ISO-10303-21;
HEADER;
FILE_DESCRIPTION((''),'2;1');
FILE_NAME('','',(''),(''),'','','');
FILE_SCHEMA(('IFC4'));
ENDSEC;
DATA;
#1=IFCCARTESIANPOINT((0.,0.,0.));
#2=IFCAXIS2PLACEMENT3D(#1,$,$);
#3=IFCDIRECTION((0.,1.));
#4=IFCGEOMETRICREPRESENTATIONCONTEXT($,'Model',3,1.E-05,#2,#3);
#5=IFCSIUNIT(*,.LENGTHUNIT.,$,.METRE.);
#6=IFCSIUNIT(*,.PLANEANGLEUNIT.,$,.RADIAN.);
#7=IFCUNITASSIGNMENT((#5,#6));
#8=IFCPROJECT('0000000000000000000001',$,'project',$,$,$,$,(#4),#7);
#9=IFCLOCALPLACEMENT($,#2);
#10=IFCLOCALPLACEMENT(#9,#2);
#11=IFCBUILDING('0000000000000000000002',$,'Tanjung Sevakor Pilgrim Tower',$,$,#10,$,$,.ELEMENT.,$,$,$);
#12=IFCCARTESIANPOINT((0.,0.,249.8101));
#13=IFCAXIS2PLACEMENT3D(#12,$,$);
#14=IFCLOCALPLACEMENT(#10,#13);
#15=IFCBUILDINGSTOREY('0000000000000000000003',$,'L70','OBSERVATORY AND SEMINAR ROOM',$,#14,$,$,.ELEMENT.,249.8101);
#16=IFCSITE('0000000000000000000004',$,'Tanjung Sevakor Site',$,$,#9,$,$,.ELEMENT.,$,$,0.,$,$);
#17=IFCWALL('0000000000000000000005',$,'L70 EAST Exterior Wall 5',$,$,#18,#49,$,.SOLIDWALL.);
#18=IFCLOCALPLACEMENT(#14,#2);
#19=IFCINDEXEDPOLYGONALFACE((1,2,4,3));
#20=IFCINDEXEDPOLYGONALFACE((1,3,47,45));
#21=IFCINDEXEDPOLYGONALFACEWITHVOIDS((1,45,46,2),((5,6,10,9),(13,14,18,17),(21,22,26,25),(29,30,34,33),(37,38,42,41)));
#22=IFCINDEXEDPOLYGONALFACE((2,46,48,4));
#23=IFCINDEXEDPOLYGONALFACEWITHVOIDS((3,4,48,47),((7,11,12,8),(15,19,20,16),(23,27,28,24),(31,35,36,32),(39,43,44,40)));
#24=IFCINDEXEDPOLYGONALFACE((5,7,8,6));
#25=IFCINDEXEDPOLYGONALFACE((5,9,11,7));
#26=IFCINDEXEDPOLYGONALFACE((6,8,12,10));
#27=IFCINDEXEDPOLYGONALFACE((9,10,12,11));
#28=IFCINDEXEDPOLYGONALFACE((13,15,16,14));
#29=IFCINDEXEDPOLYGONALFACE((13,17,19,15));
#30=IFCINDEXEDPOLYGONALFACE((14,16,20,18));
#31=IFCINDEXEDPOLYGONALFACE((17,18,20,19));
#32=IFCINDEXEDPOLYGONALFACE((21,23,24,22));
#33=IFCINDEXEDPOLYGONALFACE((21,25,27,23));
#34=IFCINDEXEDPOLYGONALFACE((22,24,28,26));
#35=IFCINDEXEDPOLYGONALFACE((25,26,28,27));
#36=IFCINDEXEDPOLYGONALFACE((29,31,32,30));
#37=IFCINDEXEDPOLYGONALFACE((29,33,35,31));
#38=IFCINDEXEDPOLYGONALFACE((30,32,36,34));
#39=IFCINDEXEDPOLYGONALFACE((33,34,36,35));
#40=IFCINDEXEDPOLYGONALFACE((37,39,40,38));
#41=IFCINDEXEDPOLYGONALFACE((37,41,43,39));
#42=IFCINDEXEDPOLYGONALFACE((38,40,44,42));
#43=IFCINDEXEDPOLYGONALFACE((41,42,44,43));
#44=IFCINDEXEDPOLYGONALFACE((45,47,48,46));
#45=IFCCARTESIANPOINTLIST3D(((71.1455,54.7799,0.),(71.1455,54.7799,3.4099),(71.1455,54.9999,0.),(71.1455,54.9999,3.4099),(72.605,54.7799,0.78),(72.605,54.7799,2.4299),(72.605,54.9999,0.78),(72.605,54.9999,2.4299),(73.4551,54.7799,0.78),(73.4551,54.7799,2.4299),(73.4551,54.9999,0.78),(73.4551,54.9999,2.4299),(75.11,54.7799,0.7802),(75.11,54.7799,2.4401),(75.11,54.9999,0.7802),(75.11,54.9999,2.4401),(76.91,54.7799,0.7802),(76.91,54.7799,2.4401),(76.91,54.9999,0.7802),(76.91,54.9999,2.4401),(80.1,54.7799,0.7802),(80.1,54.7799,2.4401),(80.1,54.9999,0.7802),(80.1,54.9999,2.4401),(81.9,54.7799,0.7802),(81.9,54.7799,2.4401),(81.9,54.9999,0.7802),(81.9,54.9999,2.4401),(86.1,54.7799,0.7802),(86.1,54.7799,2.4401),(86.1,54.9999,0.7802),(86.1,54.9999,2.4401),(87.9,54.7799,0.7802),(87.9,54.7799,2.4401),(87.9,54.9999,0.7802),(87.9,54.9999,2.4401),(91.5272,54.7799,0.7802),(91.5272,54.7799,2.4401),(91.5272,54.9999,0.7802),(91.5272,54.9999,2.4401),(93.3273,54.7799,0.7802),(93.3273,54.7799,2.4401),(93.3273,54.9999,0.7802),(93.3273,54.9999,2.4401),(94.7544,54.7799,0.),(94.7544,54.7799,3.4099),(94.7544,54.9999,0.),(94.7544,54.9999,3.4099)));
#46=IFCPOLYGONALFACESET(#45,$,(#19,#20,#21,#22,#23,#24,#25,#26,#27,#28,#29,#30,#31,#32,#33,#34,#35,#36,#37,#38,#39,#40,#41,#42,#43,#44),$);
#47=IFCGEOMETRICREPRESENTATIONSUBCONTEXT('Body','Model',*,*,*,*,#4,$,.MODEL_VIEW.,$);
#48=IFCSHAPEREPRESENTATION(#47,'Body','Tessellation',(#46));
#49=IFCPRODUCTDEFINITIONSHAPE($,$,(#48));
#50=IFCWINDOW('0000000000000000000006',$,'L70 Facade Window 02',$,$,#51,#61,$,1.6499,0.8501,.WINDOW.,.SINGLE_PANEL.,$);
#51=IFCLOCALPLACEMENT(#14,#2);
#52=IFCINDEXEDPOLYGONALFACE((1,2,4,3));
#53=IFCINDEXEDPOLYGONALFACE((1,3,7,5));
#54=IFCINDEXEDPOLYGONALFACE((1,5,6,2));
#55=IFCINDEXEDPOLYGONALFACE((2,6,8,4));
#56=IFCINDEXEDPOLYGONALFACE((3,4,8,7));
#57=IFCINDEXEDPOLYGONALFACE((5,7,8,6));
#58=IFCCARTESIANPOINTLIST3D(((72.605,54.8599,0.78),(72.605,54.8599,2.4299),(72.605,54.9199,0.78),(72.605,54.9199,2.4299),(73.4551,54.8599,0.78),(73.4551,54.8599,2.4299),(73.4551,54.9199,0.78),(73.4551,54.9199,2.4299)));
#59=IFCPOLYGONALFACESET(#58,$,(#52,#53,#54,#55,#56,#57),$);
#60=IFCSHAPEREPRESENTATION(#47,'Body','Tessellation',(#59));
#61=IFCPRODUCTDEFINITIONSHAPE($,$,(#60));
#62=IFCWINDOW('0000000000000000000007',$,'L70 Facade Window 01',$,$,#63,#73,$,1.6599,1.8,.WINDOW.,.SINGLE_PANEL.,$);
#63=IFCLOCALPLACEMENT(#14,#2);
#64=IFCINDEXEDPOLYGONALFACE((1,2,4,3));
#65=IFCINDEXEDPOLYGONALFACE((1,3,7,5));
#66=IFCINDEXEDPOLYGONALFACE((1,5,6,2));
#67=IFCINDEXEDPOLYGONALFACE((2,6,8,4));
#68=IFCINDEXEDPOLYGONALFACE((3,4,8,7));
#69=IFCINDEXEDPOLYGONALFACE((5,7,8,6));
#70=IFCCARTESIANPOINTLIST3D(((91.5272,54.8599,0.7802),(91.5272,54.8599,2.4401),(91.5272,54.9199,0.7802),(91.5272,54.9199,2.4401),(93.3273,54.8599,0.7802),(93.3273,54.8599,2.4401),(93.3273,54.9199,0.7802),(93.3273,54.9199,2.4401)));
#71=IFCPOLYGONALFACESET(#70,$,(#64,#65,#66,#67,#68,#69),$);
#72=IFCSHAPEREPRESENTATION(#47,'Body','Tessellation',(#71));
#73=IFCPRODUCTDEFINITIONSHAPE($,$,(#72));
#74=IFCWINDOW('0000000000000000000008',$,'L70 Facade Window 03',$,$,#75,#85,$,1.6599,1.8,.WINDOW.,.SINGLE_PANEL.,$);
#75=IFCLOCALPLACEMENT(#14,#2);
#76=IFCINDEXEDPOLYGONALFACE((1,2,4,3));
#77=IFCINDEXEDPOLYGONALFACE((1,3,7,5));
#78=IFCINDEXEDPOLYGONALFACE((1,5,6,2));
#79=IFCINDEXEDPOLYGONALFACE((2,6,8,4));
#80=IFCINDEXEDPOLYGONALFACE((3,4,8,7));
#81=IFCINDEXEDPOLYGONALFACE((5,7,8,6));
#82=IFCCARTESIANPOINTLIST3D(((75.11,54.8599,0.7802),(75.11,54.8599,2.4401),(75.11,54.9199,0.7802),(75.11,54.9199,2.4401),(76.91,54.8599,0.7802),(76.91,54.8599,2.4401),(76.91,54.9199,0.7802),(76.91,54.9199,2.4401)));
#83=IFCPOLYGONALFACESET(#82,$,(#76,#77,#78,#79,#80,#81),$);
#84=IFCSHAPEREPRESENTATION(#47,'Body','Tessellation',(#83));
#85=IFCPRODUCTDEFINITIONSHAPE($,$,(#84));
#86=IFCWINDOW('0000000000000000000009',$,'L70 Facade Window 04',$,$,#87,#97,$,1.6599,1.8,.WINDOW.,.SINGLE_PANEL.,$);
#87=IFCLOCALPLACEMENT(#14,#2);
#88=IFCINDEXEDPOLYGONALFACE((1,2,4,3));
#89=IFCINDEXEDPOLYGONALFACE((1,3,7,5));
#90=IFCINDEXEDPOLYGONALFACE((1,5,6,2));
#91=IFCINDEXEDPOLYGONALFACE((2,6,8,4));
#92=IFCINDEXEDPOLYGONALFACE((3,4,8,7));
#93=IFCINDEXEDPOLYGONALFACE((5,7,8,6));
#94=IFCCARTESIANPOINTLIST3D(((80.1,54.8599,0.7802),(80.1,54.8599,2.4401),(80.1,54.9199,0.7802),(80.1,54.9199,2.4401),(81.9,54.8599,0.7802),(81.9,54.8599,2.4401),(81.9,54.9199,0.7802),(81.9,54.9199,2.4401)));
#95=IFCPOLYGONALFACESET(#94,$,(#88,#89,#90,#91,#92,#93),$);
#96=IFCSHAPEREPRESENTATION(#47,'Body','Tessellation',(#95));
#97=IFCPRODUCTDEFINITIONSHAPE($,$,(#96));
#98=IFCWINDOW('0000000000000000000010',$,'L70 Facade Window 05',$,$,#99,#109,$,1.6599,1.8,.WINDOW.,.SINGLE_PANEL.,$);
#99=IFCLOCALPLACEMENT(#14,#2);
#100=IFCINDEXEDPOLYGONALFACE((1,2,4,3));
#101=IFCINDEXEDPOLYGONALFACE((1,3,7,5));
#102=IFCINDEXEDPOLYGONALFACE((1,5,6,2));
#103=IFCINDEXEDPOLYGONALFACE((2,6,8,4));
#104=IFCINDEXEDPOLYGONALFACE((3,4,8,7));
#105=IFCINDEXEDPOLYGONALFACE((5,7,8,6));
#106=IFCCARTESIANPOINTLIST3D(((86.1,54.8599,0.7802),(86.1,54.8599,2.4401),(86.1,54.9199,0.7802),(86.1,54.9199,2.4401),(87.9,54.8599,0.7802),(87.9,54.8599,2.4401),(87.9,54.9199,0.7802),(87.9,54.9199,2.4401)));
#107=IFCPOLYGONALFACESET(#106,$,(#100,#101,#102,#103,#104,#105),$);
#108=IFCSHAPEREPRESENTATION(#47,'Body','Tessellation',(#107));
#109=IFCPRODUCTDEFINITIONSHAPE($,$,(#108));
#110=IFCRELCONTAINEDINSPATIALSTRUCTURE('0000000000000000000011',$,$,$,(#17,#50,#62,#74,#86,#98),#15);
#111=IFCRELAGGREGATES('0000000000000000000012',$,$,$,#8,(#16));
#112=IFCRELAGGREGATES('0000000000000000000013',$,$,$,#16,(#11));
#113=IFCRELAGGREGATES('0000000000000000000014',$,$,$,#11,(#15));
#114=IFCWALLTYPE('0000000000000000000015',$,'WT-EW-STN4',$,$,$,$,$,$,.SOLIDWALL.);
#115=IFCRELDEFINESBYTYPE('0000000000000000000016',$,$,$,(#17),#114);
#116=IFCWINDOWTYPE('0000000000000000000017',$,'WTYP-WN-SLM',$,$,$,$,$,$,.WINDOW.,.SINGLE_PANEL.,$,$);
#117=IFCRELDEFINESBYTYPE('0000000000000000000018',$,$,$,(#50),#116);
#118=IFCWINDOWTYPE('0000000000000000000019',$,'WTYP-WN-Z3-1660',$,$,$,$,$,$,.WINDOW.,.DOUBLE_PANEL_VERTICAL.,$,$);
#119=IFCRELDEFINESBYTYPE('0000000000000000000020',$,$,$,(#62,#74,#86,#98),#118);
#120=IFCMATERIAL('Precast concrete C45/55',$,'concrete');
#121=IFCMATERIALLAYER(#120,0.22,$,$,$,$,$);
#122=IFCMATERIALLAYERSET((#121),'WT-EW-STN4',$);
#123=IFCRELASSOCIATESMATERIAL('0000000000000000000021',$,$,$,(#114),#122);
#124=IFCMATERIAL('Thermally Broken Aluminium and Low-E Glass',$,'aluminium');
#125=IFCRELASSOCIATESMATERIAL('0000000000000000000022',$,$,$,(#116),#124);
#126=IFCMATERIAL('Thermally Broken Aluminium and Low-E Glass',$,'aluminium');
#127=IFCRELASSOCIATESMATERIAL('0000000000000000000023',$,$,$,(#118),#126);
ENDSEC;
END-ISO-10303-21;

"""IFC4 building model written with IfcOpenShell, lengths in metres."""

from ifc_helpers import new_model, si_unit, direction, frame, frame_2d, origin, place, context, subcontext, project, spatial, rectangle, extrude, material, layer, layer_set, type_object, element, fill, save


model = new_model("IFC4")

# Units and contexts
model_context = context("Model", 3, precision=1e-05, world=origin(), true_north=direction((0.0, 1.0)))
body_context = subcontext(model_context, "Body", "Model", "MODEL_VIEW")
ifc_project = project(units=[si_unit("LENGTHUNIT", "METRE"), si_unit("PLANEANGLEUNIT", "RADIAN")], contexts=[model_context])

# Site, building, storey
site_placement = place(None, origin())
site = spatial("IfcSite", under=ifc_project, at=site_placement, Name="Tanjung Sevakor Site", CompositionType="ELEMENT", RefElevation=0.0)
building_placement = place(site_placement, origin())
building = spatial("IfcBuilding", under=site, at=building_placement, Name="Tanjung Sevakor Pilgrim Tower", CompositionType="ELEMENT")
storey_placement = place(building_placement, frame((0.0, 0.0, 249.8101)))
storey = spatial("IfcBuildingStorey", under=building, at=storey_placement, Name="L70", Description="OBSERVATORY AND SEMINAR ROOM", CompositionType="ELEMENT", Elevation=249.8101)

# Wall, openings, windows
ifc_material_1 = material(Name="Precast concrete C45/55", Category="concrete")
ifc_layer_1 = layer(ifc_material_1, 0.22)
ifc_layer_set_1 = layer_set([ifc_layer_1], Name="WT-EW-STN4")
wall_type_1 = type_object("IfcWallType", Name="WT-EW-STN4", PredefinedType="SOLIDWALL", material=ifc_layer_set_1)
wall_1_placement = place(storey_placement, frame((94.7544, 54.8899, 0.0), z_axis=(0.0, 0.0, 1.0), x_axis=(-1.0, 0.0, 0.0)))
wall_1 = element("IfcWall", 1, at=wall_1_placement, inside=storey, type_object=wall_type_1, Name="L70 EAST Exterior Wall 5", PredefinedType="SOLIDWALL", context=body_context, shape_type="SweptSolid", body=[
    extrude(rectangle(XDim=23.6089, YDim=0.22, at=frame_2d((11.8044, 0.0))), origin(), (0.0, 0.0, 1.0), 3.4099),
])
opening_1_placement = place(wall_1_placement, frame((1.4272, 0.0, 0.78)))
opening_1 = element("IfcOpeningElement", 2, at=opening_1_placement, cuts=wall_1, PredefinedType="OPENING", context=body_context, shape_type="SweptSolid", body=[
    extrude(rectangle(XDim=1.8, YDim=1.6599, at=frame_2d((0.8999, 0.8301))), frame((0.0, 0.1199, 0.0), z_axis=(0.0, -1.0, 0.0), x_axis=(1.0, 0.0, 0.0)), (0.0, 0.0, 1.0), 0.24),
])
opening_2_placement = place(wall_1_placement, frame((21.2993, 0.0, 0.78)))
opening_2 = element("IfcOpeningElement", 3, at=opening_2_placement, cuts=wall_1, PredefinedType="OPENING", context=body_context, shape_type="SweptSolid", body=[
    extrude(rectangle(XDim=0.8501, YDim=1.6499, at=frame_2d((0.425, 0.825))), frame((0.0, 0.1199, 0.0), z_axis=(0.0, -1.0, 0.0), x_axis=(1.0, 0.0, 0.0)), (0.0, 0.0, 1.0), 0.24),
])
opening_3_placement = place(wall_1_placement, frame((17.8445, 0.0, 0.78)))
opening_3 = element("IfcOpeningElement", 4, at=opening_3_placement, cuts=wall_1, PredefinedType="OPENING", context=body_context, shape_type="SweptSolid", body=[
    extrude(rectangle(XDim=1.8, YDim=1.6599, at=frame_2d((0.8999, 0.8301))), frame((0.0, 0.1199, 0.0), z_axis=(0.0, -1.0, 0.0), x_axis=(1.0, 0.0, 0.0)), (0.0, 0.0, 1.0), 0.24),
])
opening_4_placement = place(wall_1_placement, frame((12.8545, 0.0, 0.78)))
opening_4 = element("IfcOpeningElement", 5, at=opening_4_placement, cuts=wall_1, PredefinedType="OPENING", context=body_context, shape_type="SweptSolid", body=[
    extrude(rectangle(XDim=1.8, YDim=1.6599, at=frame_2d((0.8999, 0.8301))), frame((0.0, 0.1199, 0.0), z_axis=(0.0, -1.0, 0.0), x_axis=(1.0, 0.0, 0.0)), (0.0, 0.0, 1.0), 0.24),
])
opening_5_placement = place(wall_1_placement, frame((6.8545, 0.0, 0.78)))
opening_5 = element("IfcOpeningElement", 6, at=opening_5_placement, cuts=wall_1, PredefinedType="OPENING", context=body_context, shape_type="SweptSolid", body=[
    extrude(rectangle(XDim=1.8, YDim=1.6599, at=frame_2d((0.8999, 0.8301))), frame((0.0, 0.1199, 0.0), z_axis=(0.0, -1.0, 0.0), x_axis=(1.0, 0.0, 0.0)), (0.0, 0.0, 1.0), 0.24),
])
ifc_material_2 = material(Name="Thermally Broken Aluminium and Low-E Glass", Category="aluminium")
window_type_1 = type_object("IfcWindowType", Name="WTYP-WN-SLM", PartitioningType="SINGLE_PANEL", PredefinedType="WINDOW", material=ifc_material_2)
window_1_placement = place(opening_2_placement, origin())
window_1 = element("IfcWindow", 7, at=window_1_placement, inside=storey, type_object=window_type_1, Name="L70 Facade Window 02", OverallHeight=1.6499, OverallWidth=0.8501, PartitioningType="SINGLE_PANEL", PredefinedType="WINDOW", context=body_context, shape_type="SweptSolid", body=[
    extrude(rectangle(XDim=0.8501, YDim=1.6499, at=frame_2d((0.425, 0.825))), frame((0.0, 0.03, 0.0), z_axis=(0.0, -1.0, 0.0), x_axis=(1.0, 0.0, 0.0)), (0.0, 0.0, 1.0), 0.0601),
])
fill(opening_2, window_1)
ifc_material_3 = material(Name="Thermally Broken Aluminium and Low-E Glass", Category="aluminium")
window_type_2 = type_object("IfcWindowType", Name="WTYP-WN-Z3-1660", PartitioningType="DOUBLE_PANEL_VERTICAL", PredefinedType="WINDOW", material=ifc_material_3)
window_2_placement = place(opening_1_placement, origin())
window_2 = element("IfcWindow", 8, at=window_2_placement, inside=storey, type_object=window_type_2, Name="L70 Facade Window 01", OverallHeight=1.6599, OverallWidth=1.8, PartitioningType="SINGLE_PANEL", PredefinedType="WINDOW", context=body_context, shape_type="SweptSolid", body=[
    extrude(rectangle(XDim=1.8, YDim=1.6599, at=frame_2d((0.8999, 0.8301))), frame((0.0, 0.03, 0.0), z_axis=(0.0, -1.0, 0.0), x_axis=(1.0, 0.0, 0.0)), (0.0, 0.0, 1.0), 0.0601),
])
fill(opening_1, window_2)
window_3_placement = place(opening_3_placement, origin())
window_3 = element("IfcWindow", 9, at=window_3_placement, inside=storey, type_object=window_type_2, Name="L70 Facade Window 03", OverallHeight=1.6599, OverallWidth=1.8, PartitioningType="SINGLE_PANEL", PredefinedType="WINDOW", context=body_context, shape_type="SweptSolid", body=[
    extrude(rectangle(XDim=1.8, YDim=1.6599, at=frame_2d((0.8999, 0.8301))), frame((0.0, 0.03, 0.0), z_axis=(0.0, -1.0, 0.0), x_axis=(1.0, 0.0, 0.0)), (0.0, 0.0, 1.0), 0.0601),
])
fill(opening_3, window_3)
window_4_placement = place(opening_4_placement, origin())
window_4 = element("IfcWindow", 10, at=window_4_placement, inside=storey, type_object=window_type_2, Name="L70 Facade Window 04", OverallHeight=1.6599, OverallWidth=1.8, PartitioningType="SINGLE_PANEL", PredefinedType="WINDOW", context=body_context, shape_type="SweptSolid", body=[
    extrude(rectangle(XDim=1.8, YDim=1.6599, at=frame_2d((0.8999, 0.8301))), frame((0.0, 0.03, 0.0), z_axis=(0.0, -1.0, 0.0), x_axis=(1.0, 0.0, 0.0)), (0.0, 0.0, 1.0), 0.0601),
])
fill(opening_4, window_4)
window_5_placement = place(opening_5_placement, origin())
window_5 = element("IfcWindow", 11, at=window_5_placement, inside=storey, type_object=window_type_2, Name="L70 Facade Window 05", OverallHeight=1.6599, OverallWidth=1.8, PartitioningType="SINGLE_PANEL", PredefinedType="WINDOW", context=body_context, shape_type="SweptSolid", body=[
    extrude(rectangle(XDim=1.8, YDim=1.6599, at=frame_2d((0.8999, 0.8301))), frame((0.0, 0.03, 0.0), z_axis=(0.0, -1.0, 0.0), x_axis=(1.0, 0.0, 0.0)), (0.0, 0.0, 1.0), 0.0601),
])
fill(opening_5, window_5)

save(model, "model.ifc")
